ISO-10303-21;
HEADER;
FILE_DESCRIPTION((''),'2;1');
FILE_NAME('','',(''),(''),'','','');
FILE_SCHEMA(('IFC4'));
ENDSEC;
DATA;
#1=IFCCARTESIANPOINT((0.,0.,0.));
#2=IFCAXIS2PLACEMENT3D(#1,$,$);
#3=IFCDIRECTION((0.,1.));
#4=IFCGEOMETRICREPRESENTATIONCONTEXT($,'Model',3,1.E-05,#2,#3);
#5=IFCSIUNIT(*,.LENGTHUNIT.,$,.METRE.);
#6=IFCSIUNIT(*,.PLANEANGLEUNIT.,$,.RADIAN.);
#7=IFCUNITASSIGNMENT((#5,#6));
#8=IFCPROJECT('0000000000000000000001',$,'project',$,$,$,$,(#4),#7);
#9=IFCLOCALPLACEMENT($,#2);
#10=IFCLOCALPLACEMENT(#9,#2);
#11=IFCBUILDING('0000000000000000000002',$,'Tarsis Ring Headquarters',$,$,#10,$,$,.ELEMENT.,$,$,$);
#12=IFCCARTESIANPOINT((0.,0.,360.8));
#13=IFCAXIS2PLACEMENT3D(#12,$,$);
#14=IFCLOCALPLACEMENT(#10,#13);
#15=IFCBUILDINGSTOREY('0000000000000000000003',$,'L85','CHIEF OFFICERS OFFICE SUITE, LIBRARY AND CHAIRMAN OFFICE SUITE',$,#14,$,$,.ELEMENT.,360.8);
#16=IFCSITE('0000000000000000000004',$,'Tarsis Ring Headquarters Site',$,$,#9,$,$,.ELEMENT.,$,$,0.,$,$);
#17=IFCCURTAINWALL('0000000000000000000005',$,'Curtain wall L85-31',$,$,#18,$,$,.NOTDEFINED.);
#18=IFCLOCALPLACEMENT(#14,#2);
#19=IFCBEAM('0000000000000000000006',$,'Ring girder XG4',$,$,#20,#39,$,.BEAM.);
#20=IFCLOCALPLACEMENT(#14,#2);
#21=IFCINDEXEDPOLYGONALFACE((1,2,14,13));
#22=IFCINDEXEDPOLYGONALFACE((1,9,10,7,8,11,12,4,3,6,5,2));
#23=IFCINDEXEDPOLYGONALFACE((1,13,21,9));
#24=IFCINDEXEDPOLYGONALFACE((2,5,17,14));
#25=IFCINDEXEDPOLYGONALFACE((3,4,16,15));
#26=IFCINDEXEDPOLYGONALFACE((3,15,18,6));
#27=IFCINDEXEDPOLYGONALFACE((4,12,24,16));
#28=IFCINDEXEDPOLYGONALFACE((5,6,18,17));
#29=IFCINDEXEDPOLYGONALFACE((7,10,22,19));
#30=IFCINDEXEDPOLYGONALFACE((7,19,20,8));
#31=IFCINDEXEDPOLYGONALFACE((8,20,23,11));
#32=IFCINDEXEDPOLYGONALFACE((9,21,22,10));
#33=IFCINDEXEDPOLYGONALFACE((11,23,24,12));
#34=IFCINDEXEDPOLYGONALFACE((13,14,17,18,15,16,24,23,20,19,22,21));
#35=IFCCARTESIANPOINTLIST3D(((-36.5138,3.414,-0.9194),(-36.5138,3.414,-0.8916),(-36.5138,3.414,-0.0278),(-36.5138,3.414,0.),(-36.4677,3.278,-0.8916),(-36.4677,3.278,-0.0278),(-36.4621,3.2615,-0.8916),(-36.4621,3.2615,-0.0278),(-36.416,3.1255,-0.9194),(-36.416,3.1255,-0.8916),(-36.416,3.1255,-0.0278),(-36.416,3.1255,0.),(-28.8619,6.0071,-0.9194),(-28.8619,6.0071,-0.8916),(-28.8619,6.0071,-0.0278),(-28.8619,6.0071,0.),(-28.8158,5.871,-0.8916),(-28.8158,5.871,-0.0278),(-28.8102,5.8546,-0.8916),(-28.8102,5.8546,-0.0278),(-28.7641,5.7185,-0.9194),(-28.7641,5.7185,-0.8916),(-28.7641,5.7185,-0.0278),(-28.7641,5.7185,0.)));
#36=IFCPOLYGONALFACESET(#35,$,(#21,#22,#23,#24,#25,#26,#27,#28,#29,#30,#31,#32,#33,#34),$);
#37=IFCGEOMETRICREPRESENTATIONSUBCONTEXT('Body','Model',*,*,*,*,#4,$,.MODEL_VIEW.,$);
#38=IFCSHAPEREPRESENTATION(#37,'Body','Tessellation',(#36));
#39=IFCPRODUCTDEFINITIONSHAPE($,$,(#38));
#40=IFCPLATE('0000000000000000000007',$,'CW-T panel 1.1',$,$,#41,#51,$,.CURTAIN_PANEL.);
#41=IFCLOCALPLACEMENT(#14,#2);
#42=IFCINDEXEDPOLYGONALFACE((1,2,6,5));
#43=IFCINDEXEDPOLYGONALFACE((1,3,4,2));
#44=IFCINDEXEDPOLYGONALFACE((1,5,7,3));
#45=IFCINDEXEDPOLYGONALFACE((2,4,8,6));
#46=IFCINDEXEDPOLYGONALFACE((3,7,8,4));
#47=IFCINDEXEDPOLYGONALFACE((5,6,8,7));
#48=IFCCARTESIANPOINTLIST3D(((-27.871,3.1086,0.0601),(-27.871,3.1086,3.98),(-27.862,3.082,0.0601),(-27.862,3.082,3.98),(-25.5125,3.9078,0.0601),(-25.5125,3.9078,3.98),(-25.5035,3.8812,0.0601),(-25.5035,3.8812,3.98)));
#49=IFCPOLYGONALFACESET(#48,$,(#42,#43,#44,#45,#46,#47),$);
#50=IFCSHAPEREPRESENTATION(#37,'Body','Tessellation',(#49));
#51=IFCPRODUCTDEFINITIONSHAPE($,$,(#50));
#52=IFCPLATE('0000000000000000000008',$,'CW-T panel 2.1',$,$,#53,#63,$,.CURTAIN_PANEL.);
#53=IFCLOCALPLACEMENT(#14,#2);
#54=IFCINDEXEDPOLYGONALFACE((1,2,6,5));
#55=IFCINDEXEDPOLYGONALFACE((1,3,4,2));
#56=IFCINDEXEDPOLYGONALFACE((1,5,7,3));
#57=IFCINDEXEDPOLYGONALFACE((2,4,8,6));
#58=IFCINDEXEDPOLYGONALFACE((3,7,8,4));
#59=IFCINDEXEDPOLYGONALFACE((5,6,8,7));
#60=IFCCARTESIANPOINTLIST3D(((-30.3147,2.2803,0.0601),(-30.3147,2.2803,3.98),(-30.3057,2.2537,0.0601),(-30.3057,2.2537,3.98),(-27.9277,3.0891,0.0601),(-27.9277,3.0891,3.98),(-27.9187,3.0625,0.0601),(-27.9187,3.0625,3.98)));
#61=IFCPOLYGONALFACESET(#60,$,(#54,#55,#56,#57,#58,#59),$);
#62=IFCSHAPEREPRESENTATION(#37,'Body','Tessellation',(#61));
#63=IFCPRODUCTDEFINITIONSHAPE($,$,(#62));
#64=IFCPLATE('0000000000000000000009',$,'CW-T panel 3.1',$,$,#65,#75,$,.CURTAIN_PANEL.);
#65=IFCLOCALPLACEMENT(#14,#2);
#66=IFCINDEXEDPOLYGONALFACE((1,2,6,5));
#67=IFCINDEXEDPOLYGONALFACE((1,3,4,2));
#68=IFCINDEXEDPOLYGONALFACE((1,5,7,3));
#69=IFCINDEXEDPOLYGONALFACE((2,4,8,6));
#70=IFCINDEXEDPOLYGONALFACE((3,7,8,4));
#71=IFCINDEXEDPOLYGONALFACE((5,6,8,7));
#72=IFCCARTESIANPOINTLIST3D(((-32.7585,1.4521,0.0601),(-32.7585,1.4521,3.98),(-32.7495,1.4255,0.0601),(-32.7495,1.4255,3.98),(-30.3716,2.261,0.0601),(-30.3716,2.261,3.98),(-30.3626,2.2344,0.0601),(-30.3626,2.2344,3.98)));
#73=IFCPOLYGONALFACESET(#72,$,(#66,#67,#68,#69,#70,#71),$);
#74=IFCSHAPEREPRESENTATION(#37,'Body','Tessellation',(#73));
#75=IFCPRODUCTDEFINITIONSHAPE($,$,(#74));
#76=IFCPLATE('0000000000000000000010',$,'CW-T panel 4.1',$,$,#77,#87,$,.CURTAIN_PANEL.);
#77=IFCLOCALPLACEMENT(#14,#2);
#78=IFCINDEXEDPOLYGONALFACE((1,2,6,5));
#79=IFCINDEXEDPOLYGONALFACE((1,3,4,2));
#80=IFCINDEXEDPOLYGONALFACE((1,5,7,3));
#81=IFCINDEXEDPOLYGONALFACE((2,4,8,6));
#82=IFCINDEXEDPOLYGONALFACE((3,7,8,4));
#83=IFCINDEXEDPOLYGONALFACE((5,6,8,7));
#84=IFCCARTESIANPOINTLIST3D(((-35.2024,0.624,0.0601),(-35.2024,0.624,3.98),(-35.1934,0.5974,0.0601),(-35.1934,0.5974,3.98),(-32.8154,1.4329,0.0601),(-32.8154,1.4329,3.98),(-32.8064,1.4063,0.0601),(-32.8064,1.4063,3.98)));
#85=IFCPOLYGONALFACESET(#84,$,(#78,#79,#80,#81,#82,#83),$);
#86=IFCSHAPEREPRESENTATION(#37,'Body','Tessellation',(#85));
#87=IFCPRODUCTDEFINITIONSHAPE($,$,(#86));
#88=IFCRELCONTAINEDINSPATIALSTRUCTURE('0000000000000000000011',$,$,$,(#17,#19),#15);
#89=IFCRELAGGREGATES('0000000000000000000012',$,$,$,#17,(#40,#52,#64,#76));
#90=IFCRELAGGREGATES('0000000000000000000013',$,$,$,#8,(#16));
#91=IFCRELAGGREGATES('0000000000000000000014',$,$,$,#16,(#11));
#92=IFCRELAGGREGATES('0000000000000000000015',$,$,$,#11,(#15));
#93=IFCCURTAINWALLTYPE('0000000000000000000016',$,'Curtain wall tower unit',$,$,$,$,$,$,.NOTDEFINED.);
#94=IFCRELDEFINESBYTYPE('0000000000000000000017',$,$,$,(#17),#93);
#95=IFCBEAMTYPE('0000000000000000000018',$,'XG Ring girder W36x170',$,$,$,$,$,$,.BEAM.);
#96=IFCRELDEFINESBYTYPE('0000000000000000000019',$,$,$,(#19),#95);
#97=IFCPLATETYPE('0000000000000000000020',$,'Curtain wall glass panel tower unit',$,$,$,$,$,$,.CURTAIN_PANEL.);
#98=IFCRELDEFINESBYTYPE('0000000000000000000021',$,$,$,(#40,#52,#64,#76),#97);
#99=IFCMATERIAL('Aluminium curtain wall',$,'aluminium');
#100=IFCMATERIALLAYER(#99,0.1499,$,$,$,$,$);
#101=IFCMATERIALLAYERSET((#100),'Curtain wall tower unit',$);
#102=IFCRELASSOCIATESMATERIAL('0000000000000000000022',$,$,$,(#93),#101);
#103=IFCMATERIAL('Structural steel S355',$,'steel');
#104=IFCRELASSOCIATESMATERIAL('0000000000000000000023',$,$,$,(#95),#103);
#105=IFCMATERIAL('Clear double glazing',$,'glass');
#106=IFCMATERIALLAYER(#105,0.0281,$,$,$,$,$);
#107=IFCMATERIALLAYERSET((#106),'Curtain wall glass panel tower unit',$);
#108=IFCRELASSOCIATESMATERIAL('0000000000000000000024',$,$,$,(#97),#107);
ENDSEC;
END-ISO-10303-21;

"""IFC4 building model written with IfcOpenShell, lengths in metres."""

from ifc_helpers import new_model, si_unit, direction, frame, origin, origin_2d, place, context, subcontext, project, spatial, rectangle, i_section, extrude, material, layer, layer_set, material_profile, profile_set, type_object, element, aggregate, save


model = new_model("IFC4")

# Units and contexts
model_context = context("Model", 3, precision=1e-05, world=origin(), true_north=direction((0.0, 1.0)))
body_context = subcontext(model_context, "Body", "Model", "MODEL_VIEW")
ifc_project = project(units=[si_unit("LENGTHUNIT", "METRE"), si_unit("PLANEANGLEUNIT", "RADIAN")], contexts=[model_context])

# Site, building, storey
site_placement = place(None, origin())
site = spatial("IfcSite", under=ifc_project, at=site_placement, Name="Tarsis Ring Headquarters Site", CompositionType="ELEMENT", RefElevation=0.0)
building_placement = place(site_placement, origin())
building = spatial("IfcBuilding", under=site, at=building_placement, Name="Tarsis Ring Headquarters", CompositionType="ELEMENT")
storey_placement = place(building_placement, frame((0.0, 0.0, 360.8)))
storey = spatial("IfcBuildingStorey", under=building, at=storey_placement, Name="L85", Description="CHIEF OFFICERS OFFICE SUITE, LIBRARY AND CHAIRMAN OFFICE SUITE", CompositionType="ELEMENT", Elevation=360.8)

# Shared definitions
ifc_material_1 = material(Name="Structural steel S355", Category="steel")

# Curtain wall
ifc_material_2 = material(Name="Aluminium curtain wall", Category="aluminium")
ifc_layer_1 = layer(ifc_material_2, 0.1499)
ifc_layer_set_1 = layer_set([ifc_layer_1], Name="Curtain wall tower unit")
curtain_wall_type = type_object("IfcCurtainWallType", Name="Curtain wall tower unit", PredefinedType="NOTDEFINED", material=ifc_layer_set_1)
curtain_wall_placement = place(storey_placement, origin())
curtain_wall = element("IfcCurtainWall", 1, at=curtain_wall_placement, inside=storey, type_object=curtain_wall_type, Name="Curtain wall L85-31", PredefinedType="NOTDEFINED")

# Beam
ifc_material_profile_1 = material_profile(ifc_material_1, i_section(OverallWidth=0.3047, OverallDepth=0.9194, WebThickness=0.0173, FlangeThickness=0.0278, at=origin_2d()), Name="W36x170")
ifc_profile_set_1 = profile_set([ifc_material_profile_1], Name="Structural steel S355")
beam_type_1 = type_object("IfcBeamType", Name="XG Ring girder W36x170", PredefinedType="BEAM", material=ifc_profile_set_1)
beam_1_placement = place(storey_placement, frame((-28.813, 5.8628, -0.4597), z_axis=(-0.947097, -0.320947, 0.0), x_axis=(0.320947, -0.947097, 0.0)))
element("IfcBeam", 2, at=beam_1_placement, inside=storey, type_object=beam_type_1, Name="Ring girder XG4", PredefinedType="BEAM", context=body_context, shape_type="SweptSolid", body=[
    extrude(i_section(OverallWidth=0.3047, OverallDepth=0.9194, WebThickness=0.0173, FlangeThickness=0.0278, at=origin_2d()), origin(), (0.0, 0.0, 1.0), 8.0793),
])

# Plates
ifc_material_3 = material(Name="Clear double glazing", Category="glass")
ifc_layer_2 = layer(ifc_material_3, 0.0281)
ifc_layer_set_2 = layer_set([ifc_layer_2], Name="Curtain wall glass panel tower unit")
plate_type = type_object("IfcPlateType", Name="Curtain wall glass panel tower unit", PredefinedType="CURTAIN_PANEL", material=ifc_layer_set_2)
plate_1_placement = place(storey_placement, frame((-26.6873, 3.4949, 0.0601), z_axis=(0.0, 0.0, 1.0), x_axis=(-0.947098, -0.320944, 0.0)))
plate_1 = element("IfcPlate", 3, at=plate_1_placement, type_object=plate_type, Name="CW-T panel 1.1", PredefinedType="CURTAIN_PANEL", context=body_context, shape_type="SweptSolid", body=[
    extrude(rectangle(XDim=2.4902, YDim=0.0281, at=origin_2d()), origin(), (0.0, 0.0, 1.0), 3.9199),
])
plate_2_placement = place(storey_placement, frame((-29.1167, 2.6714, 0.0601), z_axis=(0.0, 0.0, 1.0), x_axis=(-0.947098, -0.320944, 0.0)))
plate_2 = element("IfcPlate", 4, at=plate_2_placement, type_object=plate_type, Name="CW-T panel 2.1", PredefinedType="CURTAIN_PANEL", context=body_context, shape_type="SweptSolid", body=[
    extrude(rectangle(XDim=2.5203, YDim=0.0281, at=origin_2d()), origin(), (0.0, 0.0, 1.0), 3.9199),
])
plate_3_placement = place(storey_placement, frame((-31.5605, 1.8433, 0.0601), z_axis=(0.0, 0.0, 1.0), x_axis=(-0.947098, -0.320944, 0.0)))
plate_3 = element("IfcPlate", 5, at=plate_3_placement, type_object=plate_type, Name="CW-T panel 3.1", PredefinedType="CURTAIN_PANEL", context=body_context, shape_type="SweptSolid", body=[
    extrude(rectangle(XDim=2.5203, YDim=0.0281, at=origin_2d()), origin(), (0.0, 0.0, 1.0), 3.9199),
])
plate_4_placement = place(storey_placement, frame((-34.0044, 1.0151, 0.0601), z_axis=(0.0, 0.0, 1.0), x_axis=(-0.947098, -0.320944, 0.0)))
plate_4 = element("IfcPlate", 6, at=plate_4_placement, type_object=plate_type, Name="CW-T panel 4.1", PredefinedType="CURTAIN_PANEL", context=body_context, shape_type="SweptSolid", body=[
    extrude(rectangle(XDim=2.5203, YDim=0.0281, at=origin_2d()), origin(), (0.0, 0.0, 1.0), 3.9199),
])
aggregate(curtain_wall, [plate_1, plate_2, plate_3, plate_4])

save(model, "model.ifc")
